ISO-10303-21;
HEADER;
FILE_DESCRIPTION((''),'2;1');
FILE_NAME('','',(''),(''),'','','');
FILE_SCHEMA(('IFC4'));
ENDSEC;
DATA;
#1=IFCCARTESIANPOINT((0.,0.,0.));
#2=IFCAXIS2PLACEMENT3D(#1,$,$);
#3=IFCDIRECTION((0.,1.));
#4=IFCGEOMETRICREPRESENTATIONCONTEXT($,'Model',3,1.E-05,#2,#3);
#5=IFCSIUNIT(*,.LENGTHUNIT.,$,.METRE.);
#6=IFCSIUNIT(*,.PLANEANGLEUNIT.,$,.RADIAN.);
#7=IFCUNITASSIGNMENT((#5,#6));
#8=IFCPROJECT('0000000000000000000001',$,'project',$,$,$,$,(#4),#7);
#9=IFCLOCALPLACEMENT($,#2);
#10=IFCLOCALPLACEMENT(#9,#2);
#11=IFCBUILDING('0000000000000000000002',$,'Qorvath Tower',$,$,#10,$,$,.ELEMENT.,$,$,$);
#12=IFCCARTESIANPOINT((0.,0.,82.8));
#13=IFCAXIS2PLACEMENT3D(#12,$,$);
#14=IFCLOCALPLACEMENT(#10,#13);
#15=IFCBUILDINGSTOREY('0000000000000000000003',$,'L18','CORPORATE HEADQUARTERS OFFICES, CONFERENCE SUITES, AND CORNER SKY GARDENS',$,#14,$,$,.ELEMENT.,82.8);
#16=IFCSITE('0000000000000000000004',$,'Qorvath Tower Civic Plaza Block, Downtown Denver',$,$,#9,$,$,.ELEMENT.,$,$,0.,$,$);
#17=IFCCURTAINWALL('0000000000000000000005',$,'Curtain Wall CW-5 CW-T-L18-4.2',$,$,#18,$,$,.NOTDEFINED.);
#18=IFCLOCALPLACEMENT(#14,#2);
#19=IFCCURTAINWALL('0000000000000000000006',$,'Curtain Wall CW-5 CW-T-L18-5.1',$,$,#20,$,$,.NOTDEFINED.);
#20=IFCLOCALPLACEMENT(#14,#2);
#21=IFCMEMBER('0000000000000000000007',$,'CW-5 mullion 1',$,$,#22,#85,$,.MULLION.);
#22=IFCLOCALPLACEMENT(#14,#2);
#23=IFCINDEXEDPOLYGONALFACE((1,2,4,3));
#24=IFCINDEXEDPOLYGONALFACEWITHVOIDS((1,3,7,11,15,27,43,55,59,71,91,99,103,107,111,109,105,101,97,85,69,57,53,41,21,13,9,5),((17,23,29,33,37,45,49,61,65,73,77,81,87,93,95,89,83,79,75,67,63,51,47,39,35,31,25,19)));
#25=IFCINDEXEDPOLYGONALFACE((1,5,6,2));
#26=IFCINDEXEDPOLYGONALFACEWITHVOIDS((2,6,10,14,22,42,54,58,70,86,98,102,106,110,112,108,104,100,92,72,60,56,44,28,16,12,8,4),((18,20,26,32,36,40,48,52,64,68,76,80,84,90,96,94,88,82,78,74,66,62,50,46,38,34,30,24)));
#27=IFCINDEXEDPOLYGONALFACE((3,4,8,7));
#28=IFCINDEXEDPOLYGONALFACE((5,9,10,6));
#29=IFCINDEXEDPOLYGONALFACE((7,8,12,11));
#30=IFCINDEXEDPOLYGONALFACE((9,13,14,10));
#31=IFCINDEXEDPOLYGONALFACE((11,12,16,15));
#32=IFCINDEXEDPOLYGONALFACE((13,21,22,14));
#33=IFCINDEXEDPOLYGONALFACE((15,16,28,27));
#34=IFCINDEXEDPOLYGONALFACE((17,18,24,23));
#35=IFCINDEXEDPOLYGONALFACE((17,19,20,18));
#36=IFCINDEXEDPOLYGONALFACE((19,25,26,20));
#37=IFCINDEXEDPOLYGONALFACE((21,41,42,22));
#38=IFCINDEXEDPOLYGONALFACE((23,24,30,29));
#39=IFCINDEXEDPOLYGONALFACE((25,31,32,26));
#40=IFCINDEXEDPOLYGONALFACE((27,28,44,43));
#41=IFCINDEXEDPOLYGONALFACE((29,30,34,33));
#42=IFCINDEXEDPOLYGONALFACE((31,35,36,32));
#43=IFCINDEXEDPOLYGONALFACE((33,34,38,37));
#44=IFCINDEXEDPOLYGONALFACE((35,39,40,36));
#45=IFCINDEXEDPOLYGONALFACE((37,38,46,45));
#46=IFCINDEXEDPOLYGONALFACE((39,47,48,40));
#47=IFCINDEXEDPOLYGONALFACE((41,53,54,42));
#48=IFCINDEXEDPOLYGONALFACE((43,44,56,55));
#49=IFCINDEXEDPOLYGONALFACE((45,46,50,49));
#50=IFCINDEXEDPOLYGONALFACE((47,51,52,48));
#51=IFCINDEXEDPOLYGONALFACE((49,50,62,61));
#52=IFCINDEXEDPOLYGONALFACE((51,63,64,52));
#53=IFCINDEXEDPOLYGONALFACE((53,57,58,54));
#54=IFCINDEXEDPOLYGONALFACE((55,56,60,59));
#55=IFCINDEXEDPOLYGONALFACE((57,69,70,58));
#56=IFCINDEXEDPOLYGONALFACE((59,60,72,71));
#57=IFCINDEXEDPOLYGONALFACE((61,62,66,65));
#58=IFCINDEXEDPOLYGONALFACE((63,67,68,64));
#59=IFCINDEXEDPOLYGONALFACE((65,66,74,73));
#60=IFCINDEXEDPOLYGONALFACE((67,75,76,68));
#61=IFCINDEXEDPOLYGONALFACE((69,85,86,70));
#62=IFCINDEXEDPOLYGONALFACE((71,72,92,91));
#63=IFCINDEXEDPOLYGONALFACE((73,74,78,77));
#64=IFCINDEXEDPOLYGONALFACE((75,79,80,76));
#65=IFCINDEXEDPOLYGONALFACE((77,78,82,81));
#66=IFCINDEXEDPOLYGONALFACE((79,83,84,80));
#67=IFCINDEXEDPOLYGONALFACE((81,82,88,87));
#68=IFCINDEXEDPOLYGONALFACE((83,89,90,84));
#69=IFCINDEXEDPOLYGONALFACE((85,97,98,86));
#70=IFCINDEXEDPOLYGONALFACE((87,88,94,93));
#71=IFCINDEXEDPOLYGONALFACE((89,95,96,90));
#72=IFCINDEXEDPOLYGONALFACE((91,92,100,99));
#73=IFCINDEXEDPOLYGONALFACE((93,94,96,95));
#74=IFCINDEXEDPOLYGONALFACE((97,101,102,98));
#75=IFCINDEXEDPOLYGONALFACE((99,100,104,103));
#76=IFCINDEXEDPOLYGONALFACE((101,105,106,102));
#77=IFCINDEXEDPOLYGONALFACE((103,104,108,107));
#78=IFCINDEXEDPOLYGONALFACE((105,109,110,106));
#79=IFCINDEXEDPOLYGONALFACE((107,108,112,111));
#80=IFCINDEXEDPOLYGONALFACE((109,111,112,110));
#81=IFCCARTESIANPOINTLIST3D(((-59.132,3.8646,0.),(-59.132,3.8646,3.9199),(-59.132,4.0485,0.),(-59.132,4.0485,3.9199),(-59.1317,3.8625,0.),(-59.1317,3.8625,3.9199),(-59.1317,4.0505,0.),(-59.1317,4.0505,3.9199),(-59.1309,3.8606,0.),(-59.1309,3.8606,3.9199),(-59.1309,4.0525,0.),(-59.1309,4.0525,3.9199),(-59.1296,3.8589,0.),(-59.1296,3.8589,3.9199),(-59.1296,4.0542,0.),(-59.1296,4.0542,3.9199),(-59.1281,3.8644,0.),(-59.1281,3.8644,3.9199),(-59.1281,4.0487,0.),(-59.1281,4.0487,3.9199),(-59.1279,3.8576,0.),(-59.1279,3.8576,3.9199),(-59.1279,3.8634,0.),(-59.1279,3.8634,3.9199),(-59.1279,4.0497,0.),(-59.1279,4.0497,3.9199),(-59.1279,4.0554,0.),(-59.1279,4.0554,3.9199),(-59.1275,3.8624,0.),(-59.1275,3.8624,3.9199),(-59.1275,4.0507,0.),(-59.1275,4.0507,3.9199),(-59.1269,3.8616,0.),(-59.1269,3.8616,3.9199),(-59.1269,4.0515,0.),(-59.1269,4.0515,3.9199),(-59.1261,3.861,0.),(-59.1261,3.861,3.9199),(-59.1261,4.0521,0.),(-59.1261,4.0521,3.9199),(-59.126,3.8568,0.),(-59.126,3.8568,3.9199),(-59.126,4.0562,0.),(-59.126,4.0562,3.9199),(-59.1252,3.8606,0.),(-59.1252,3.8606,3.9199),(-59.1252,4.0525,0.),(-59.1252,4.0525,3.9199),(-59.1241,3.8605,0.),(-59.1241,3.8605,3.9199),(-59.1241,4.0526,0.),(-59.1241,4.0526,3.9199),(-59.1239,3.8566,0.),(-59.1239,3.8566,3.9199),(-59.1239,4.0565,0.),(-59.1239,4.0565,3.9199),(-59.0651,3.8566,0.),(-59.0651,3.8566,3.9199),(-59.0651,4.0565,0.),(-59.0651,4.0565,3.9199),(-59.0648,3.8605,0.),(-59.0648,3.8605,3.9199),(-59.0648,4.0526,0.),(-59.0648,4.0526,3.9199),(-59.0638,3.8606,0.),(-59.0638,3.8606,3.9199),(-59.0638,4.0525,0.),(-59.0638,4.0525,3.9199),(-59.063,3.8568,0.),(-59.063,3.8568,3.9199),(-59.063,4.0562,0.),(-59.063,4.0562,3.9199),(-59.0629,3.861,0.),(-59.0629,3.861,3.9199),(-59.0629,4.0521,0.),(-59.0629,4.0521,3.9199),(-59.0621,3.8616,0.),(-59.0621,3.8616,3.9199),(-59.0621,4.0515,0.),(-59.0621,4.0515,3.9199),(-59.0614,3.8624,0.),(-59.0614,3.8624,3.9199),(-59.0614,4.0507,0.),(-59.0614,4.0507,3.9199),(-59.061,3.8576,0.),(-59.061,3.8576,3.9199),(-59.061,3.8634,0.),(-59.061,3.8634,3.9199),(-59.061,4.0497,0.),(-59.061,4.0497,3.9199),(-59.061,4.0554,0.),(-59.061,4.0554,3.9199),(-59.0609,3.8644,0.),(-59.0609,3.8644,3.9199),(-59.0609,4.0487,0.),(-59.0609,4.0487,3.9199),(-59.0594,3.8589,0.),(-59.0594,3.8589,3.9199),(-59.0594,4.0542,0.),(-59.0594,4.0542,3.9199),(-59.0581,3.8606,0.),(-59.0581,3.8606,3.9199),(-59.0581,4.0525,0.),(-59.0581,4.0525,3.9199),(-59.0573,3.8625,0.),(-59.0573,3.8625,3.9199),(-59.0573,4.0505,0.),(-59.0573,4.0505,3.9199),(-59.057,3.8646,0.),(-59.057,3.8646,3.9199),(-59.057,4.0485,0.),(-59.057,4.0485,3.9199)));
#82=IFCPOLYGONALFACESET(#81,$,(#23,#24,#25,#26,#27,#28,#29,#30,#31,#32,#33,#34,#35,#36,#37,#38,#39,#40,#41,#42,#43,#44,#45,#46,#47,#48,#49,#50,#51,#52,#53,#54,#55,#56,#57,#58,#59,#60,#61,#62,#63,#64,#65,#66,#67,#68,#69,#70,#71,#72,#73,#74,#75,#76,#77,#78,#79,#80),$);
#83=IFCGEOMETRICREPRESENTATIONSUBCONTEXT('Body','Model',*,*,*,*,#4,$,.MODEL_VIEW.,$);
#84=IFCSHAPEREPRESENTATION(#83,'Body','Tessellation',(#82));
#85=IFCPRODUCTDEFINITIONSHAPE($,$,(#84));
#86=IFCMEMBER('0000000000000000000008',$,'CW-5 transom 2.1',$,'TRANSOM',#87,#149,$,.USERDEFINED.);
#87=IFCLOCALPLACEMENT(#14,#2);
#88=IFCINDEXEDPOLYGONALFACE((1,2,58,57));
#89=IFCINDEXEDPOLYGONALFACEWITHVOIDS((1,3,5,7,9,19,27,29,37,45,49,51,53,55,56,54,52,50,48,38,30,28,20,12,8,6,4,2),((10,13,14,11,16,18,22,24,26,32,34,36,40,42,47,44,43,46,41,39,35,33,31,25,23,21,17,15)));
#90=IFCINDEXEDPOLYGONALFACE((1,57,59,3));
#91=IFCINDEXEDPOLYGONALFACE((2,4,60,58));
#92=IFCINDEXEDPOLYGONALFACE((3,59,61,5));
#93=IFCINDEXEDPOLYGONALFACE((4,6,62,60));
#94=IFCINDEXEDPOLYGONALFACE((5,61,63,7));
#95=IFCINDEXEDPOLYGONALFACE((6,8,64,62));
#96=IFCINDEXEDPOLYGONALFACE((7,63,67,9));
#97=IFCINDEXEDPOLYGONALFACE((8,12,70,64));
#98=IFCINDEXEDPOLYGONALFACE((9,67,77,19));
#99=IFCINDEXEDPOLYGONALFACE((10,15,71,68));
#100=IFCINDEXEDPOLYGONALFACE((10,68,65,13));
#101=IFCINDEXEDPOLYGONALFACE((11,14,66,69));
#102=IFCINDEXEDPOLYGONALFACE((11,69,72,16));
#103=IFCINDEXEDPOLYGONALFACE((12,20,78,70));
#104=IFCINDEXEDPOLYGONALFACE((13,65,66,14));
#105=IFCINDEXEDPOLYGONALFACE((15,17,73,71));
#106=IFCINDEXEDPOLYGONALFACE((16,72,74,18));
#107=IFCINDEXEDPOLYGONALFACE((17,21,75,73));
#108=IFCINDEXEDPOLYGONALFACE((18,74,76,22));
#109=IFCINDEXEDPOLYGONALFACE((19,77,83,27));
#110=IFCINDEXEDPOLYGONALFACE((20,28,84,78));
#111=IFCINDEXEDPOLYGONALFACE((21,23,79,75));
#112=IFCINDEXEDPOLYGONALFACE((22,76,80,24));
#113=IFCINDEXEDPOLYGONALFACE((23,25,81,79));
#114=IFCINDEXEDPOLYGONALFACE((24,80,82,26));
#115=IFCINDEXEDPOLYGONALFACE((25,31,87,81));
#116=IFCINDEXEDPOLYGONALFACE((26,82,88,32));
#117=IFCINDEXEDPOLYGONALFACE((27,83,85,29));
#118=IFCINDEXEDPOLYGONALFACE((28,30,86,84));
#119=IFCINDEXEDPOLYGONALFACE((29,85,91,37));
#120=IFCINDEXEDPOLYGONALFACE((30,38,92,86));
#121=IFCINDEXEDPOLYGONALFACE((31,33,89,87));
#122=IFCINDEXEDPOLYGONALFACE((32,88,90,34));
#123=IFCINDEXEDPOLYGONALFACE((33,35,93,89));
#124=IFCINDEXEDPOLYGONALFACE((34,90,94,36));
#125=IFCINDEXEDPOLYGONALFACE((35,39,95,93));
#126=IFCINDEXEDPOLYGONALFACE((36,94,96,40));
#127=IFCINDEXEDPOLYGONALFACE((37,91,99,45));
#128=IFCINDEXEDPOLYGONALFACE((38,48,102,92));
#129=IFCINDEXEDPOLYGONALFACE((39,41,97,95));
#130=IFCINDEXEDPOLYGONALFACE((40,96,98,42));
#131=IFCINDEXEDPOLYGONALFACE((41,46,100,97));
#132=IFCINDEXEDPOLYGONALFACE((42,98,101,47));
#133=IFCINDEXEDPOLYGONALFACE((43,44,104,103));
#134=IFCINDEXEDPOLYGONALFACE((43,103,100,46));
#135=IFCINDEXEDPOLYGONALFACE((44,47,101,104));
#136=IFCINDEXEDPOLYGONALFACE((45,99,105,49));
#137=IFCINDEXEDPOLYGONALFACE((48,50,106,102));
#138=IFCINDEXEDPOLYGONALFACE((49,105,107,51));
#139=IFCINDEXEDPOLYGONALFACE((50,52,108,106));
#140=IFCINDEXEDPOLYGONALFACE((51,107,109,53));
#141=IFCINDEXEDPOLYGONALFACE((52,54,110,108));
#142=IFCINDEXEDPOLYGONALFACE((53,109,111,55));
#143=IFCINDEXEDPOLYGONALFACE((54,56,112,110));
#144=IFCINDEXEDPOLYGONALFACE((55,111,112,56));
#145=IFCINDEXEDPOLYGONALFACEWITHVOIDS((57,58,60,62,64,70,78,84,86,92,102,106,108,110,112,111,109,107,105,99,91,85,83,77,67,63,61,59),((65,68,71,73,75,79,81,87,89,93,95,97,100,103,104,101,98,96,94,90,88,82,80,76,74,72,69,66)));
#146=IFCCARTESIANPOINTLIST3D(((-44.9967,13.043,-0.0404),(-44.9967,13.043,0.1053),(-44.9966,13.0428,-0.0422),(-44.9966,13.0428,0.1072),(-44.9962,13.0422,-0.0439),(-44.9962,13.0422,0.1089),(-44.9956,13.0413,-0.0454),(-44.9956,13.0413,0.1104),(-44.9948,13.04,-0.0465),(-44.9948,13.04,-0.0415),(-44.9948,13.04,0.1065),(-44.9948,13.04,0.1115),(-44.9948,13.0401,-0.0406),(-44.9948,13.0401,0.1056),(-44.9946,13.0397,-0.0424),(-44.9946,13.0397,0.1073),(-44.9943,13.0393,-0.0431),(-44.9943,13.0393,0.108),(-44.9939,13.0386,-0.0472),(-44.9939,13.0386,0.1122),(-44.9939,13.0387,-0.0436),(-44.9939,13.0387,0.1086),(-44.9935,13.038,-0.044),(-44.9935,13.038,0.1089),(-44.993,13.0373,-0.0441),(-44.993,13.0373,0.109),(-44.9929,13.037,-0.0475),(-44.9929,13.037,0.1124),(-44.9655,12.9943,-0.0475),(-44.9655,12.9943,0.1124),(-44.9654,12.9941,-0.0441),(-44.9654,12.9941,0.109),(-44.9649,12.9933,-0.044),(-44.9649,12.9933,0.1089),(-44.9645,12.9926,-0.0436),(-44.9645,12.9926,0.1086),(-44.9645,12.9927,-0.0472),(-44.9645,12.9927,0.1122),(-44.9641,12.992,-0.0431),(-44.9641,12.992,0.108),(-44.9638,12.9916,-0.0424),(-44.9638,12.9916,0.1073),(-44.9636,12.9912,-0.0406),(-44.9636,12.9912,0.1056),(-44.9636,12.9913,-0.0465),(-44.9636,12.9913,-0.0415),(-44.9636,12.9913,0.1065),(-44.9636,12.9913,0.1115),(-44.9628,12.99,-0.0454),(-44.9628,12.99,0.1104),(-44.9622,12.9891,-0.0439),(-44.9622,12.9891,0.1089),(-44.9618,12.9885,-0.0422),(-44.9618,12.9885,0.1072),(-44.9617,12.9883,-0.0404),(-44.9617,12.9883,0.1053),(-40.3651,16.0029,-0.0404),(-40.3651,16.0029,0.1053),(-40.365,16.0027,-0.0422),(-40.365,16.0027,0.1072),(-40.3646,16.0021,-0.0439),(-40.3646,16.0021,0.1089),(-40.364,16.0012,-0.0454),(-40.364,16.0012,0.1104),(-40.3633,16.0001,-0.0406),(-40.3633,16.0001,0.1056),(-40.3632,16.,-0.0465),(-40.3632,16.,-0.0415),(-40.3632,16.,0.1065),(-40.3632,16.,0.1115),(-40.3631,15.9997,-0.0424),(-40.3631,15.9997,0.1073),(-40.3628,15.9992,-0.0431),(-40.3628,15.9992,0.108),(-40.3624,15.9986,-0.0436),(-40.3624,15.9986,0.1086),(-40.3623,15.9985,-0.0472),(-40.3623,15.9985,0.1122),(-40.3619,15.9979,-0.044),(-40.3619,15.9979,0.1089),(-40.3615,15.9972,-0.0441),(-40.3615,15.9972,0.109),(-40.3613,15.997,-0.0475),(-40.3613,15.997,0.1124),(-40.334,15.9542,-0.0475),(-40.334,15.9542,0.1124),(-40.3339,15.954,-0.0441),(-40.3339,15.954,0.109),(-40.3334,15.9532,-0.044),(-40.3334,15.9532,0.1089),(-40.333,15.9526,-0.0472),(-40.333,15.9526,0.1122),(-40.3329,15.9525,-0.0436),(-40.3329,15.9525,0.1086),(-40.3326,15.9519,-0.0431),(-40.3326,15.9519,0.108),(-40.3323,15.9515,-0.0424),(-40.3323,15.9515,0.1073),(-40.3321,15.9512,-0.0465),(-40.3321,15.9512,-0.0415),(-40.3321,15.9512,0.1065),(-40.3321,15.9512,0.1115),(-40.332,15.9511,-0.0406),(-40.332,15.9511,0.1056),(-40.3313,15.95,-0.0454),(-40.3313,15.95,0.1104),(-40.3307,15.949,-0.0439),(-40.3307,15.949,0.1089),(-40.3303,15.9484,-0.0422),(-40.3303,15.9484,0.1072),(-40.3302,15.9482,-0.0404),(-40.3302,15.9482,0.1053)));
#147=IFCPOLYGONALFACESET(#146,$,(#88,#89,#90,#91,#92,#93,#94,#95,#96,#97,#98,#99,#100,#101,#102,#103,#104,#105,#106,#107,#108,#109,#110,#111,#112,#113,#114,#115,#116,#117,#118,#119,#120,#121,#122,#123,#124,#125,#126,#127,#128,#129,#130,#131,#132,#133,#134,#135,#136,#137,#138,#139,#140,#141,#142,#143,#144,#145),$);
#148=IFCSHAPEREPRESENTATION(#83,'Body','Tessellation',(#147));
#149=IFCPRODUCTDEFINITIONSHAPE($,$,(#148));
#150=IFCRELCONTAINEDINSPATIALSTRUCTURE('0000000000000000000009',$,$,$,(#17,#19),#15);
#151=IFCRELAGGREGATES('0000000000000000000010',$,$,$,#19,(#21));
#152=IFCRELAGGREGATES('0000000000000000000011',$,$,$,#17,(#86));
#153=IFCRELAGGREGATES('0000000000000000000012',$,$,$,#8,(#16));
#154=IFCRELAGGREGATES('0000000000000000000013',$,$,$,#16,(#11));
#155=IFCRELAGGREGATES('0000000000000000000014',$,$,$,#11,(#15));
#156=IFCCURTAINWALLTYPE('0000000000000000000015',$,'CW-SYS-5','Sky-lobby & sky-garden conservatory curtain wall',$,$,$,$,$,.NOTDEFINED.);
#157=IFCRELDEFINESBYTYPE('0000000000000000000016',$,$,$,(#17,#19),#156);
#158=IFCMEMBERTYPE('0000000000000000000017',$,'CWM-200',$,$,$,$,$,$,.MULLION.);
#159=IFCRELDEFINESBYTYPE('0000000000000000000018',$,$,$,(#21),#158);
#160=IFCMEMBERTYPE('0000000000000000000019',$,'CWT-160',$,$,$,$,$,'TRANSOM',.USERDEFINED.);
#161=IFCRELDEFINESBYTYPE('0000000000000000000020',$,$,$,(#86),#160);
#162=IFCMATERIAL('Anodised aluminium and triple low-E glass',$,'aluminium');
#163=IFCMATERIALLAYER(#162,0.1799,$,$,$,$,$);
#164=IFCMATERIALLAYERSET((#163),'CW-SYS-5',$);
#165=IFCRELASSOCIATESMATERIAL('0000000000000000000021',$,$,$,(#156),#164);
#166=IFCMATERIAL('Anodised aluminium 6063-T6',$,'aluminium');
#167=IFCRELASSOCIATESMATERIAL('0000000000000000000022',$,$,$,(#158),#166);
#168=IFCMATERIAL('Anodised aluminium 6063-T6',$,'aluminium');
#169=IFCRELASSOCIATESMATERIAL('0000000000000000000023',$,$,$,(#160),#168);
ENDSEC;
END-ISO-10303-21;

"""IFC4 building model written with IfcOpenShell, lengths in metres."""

from ifc_helpers import new_model, si_unit, direction, frame, origin, origin_2d, place, context, subcontext, project, spatial, hollow_rectangle, extrude, material, layer, layer_set, material_profile, profile_set, type_object, element, aggregate, save


model = new_model("IFC4")

# Units and contexts
model_context = context("Model", 3, precision=1e-05, world=origin(), true_north=direction((0.0, 1.0)))
body_context = subcontext(model_context, "Body", "Model", "MODEL_VIEW")
ifc_project = project(units=[si_unit("LENGTHUNIT", "METRE"), si_unit("PLANEANGLEUNIT", "RADIAN")], contexts=[model_context])

# Site, building, storey
site_placement = place(None, origin())
site = spatial("IfcSite", under=ifc_project, at=site_placement, Name="Qorvath Tower Civic Plaza Block, Downtown Denver", CompositionType="ELEMENT", RefElevation=0.0)
building_placement = place(site_placement, origin())
building = spatial("IfcBuilding", under=site, at=building_placement, Name="Qorvath Tower", CompositionType="ELEMENT")
storey_placement = place(building_placement, frame((0.0, 0.0, 82.8)))
storey = spatial("IfcBuildingStorey", under=building, at=storey_placement, Name="L18", Description="CORPORATE HEADQUARTERS OFFICES, CONFERENCE SUITES, AND CORNER SKY GARDENS", CompositionType="ELEMENT", Elevation=82.8)

# Curtain wall
ifc_material_1 = material(Name="Anodised aluminium and triple low-E glass", Category="aluminium")
ifc_layer_1 = layer(ifc_material_1, 0.1799)
ifc_layer_set_1 = layer_set([ifc_layer_1], Name="CW-SYS-5")
curtain_wall_type = type_object("IfcCurtainWallType", Name="CW-SYS-5", Description="Sky-lobby & sky-garden conservatory curtain wall", PredefinedType="NOTDEFINED", material=ifc_layer_set_1)
curtain_wall_1_placement = place(storey_placement, origin())
curtain_wall_1 = element("IfcCurtainWall", 1, at=curtain_wall_1_placement, inside=storey, type_object=curtain_wall_type, Name="Curtain Wall CW-5 CW-T-L18-4.2", PredefinedType="NOTDEFINED")
ifc_material_2 = material(Name="Anodised aluminium 6063-T6", Category="aluminium")
ifc_material_profile_1 = material_profile(ifc_material_2, hollow_rectangle(XDim=0.075, YDim=0.2, WallThickness=0.0039, InnerFilletRadius=0.0039, OuterFilletRadius=0.0081, at=origin_2d()), Name="CWM 200x75")
ifc_profile_set_1 = profile_set([ifc_material_profile_1], Name="Anodised aluminium 6063-T6")
member_type_1 = type_object("IfcMemberType", Name="CWM-200", PredefinedType="MULLION", material=ifc_profile_set_1)

# Curtain wall, member
curtain_wall_2_placement = place(storey_placement, origin())
curtain_wall_2 = element("IfcCurtainWall", 2, at=curtain_wall_2_placement, inside=storey, type_object=curtain_wall_type, Name="Curtain Wall CW-5 CW-T-L18-5.1", PredefinedType="NOTDEFINED")
member_1_placement = place(storey_placement, frame((-59.0945, 3.9565, 0.0), z_axis=(0.0, 0.0, 1.0), x_axis=(1.0, 0.0, 0.0)))
member_1 = element("IfcMember", 3, at=member_1_placement, type_object=member_type_1, Name="CW-5 mullion 1", PredefinedType="MULLION", context=body_context, shape_type="SweptSolid", body=[
    extrude(hollow_rectangle(XDim=0.075, YDim=0.2, WallThickness=0.0039, InnerFilletRadius=0.0039, OuterFilletRadius=0.0081, at=origin_2d()), origin(), (0.0, 0.0, 1.0), 3.9199),
])

# Member
ifc_material_3 = material(Name="Anodised aluminium 6063-T6", Category="aluminium")
ifc_material_profile_2 = material_profile(ifc_material_3, hollow_rectangle(XDim=0.0649, YDim=0.1599, WallThickness=0.0034, InnerFilletRadius=0.0034, OuterFilletRadius=0.0071, at=origin_2d()), Name="CWT 160x65")
ifc_profile_set_2 = profile_set([ifc_material_profile_2], Name="Anodised aluminium 6063-T6")
member_type_2 = type_object("IfcMemberType", Name="CWT-160", ElementType="TRANSOM", PredefinedType="USERDEFINED", material=ifc_profile_set_2)
member_2_placement = place(storey_placement, frame((-40.3477, 15.9756, 0.0325), z_axis=(-0.842623, -0.538504, 0.0), x_axis=(0.538504, -0.842623, 0.0)))
member_2 = element("IfcMember", 4, at=member_2_placement, type_object=member_type_2, Name="CW-5 transom 2.1", ObjectType="TRANSOM", PredefinedType="USERDEFINED", context=body_context, shape_type="SweptSolid", body=[
    extrude(hollow_rectangle(XDim=0.0649, YDim=0.1599, WallThickness=0.0034, InnerFilletRadius=0.0034, OuterFilletRadius=0.0071, at=origin_2d()), origin(), (0.0, 0.0, 1.0), 5.4966),
])
aggregate(curtain_wall_2, [member_1])

aggregate(curtain_wall_1, [member_2])

save(model, "model.ifc")
